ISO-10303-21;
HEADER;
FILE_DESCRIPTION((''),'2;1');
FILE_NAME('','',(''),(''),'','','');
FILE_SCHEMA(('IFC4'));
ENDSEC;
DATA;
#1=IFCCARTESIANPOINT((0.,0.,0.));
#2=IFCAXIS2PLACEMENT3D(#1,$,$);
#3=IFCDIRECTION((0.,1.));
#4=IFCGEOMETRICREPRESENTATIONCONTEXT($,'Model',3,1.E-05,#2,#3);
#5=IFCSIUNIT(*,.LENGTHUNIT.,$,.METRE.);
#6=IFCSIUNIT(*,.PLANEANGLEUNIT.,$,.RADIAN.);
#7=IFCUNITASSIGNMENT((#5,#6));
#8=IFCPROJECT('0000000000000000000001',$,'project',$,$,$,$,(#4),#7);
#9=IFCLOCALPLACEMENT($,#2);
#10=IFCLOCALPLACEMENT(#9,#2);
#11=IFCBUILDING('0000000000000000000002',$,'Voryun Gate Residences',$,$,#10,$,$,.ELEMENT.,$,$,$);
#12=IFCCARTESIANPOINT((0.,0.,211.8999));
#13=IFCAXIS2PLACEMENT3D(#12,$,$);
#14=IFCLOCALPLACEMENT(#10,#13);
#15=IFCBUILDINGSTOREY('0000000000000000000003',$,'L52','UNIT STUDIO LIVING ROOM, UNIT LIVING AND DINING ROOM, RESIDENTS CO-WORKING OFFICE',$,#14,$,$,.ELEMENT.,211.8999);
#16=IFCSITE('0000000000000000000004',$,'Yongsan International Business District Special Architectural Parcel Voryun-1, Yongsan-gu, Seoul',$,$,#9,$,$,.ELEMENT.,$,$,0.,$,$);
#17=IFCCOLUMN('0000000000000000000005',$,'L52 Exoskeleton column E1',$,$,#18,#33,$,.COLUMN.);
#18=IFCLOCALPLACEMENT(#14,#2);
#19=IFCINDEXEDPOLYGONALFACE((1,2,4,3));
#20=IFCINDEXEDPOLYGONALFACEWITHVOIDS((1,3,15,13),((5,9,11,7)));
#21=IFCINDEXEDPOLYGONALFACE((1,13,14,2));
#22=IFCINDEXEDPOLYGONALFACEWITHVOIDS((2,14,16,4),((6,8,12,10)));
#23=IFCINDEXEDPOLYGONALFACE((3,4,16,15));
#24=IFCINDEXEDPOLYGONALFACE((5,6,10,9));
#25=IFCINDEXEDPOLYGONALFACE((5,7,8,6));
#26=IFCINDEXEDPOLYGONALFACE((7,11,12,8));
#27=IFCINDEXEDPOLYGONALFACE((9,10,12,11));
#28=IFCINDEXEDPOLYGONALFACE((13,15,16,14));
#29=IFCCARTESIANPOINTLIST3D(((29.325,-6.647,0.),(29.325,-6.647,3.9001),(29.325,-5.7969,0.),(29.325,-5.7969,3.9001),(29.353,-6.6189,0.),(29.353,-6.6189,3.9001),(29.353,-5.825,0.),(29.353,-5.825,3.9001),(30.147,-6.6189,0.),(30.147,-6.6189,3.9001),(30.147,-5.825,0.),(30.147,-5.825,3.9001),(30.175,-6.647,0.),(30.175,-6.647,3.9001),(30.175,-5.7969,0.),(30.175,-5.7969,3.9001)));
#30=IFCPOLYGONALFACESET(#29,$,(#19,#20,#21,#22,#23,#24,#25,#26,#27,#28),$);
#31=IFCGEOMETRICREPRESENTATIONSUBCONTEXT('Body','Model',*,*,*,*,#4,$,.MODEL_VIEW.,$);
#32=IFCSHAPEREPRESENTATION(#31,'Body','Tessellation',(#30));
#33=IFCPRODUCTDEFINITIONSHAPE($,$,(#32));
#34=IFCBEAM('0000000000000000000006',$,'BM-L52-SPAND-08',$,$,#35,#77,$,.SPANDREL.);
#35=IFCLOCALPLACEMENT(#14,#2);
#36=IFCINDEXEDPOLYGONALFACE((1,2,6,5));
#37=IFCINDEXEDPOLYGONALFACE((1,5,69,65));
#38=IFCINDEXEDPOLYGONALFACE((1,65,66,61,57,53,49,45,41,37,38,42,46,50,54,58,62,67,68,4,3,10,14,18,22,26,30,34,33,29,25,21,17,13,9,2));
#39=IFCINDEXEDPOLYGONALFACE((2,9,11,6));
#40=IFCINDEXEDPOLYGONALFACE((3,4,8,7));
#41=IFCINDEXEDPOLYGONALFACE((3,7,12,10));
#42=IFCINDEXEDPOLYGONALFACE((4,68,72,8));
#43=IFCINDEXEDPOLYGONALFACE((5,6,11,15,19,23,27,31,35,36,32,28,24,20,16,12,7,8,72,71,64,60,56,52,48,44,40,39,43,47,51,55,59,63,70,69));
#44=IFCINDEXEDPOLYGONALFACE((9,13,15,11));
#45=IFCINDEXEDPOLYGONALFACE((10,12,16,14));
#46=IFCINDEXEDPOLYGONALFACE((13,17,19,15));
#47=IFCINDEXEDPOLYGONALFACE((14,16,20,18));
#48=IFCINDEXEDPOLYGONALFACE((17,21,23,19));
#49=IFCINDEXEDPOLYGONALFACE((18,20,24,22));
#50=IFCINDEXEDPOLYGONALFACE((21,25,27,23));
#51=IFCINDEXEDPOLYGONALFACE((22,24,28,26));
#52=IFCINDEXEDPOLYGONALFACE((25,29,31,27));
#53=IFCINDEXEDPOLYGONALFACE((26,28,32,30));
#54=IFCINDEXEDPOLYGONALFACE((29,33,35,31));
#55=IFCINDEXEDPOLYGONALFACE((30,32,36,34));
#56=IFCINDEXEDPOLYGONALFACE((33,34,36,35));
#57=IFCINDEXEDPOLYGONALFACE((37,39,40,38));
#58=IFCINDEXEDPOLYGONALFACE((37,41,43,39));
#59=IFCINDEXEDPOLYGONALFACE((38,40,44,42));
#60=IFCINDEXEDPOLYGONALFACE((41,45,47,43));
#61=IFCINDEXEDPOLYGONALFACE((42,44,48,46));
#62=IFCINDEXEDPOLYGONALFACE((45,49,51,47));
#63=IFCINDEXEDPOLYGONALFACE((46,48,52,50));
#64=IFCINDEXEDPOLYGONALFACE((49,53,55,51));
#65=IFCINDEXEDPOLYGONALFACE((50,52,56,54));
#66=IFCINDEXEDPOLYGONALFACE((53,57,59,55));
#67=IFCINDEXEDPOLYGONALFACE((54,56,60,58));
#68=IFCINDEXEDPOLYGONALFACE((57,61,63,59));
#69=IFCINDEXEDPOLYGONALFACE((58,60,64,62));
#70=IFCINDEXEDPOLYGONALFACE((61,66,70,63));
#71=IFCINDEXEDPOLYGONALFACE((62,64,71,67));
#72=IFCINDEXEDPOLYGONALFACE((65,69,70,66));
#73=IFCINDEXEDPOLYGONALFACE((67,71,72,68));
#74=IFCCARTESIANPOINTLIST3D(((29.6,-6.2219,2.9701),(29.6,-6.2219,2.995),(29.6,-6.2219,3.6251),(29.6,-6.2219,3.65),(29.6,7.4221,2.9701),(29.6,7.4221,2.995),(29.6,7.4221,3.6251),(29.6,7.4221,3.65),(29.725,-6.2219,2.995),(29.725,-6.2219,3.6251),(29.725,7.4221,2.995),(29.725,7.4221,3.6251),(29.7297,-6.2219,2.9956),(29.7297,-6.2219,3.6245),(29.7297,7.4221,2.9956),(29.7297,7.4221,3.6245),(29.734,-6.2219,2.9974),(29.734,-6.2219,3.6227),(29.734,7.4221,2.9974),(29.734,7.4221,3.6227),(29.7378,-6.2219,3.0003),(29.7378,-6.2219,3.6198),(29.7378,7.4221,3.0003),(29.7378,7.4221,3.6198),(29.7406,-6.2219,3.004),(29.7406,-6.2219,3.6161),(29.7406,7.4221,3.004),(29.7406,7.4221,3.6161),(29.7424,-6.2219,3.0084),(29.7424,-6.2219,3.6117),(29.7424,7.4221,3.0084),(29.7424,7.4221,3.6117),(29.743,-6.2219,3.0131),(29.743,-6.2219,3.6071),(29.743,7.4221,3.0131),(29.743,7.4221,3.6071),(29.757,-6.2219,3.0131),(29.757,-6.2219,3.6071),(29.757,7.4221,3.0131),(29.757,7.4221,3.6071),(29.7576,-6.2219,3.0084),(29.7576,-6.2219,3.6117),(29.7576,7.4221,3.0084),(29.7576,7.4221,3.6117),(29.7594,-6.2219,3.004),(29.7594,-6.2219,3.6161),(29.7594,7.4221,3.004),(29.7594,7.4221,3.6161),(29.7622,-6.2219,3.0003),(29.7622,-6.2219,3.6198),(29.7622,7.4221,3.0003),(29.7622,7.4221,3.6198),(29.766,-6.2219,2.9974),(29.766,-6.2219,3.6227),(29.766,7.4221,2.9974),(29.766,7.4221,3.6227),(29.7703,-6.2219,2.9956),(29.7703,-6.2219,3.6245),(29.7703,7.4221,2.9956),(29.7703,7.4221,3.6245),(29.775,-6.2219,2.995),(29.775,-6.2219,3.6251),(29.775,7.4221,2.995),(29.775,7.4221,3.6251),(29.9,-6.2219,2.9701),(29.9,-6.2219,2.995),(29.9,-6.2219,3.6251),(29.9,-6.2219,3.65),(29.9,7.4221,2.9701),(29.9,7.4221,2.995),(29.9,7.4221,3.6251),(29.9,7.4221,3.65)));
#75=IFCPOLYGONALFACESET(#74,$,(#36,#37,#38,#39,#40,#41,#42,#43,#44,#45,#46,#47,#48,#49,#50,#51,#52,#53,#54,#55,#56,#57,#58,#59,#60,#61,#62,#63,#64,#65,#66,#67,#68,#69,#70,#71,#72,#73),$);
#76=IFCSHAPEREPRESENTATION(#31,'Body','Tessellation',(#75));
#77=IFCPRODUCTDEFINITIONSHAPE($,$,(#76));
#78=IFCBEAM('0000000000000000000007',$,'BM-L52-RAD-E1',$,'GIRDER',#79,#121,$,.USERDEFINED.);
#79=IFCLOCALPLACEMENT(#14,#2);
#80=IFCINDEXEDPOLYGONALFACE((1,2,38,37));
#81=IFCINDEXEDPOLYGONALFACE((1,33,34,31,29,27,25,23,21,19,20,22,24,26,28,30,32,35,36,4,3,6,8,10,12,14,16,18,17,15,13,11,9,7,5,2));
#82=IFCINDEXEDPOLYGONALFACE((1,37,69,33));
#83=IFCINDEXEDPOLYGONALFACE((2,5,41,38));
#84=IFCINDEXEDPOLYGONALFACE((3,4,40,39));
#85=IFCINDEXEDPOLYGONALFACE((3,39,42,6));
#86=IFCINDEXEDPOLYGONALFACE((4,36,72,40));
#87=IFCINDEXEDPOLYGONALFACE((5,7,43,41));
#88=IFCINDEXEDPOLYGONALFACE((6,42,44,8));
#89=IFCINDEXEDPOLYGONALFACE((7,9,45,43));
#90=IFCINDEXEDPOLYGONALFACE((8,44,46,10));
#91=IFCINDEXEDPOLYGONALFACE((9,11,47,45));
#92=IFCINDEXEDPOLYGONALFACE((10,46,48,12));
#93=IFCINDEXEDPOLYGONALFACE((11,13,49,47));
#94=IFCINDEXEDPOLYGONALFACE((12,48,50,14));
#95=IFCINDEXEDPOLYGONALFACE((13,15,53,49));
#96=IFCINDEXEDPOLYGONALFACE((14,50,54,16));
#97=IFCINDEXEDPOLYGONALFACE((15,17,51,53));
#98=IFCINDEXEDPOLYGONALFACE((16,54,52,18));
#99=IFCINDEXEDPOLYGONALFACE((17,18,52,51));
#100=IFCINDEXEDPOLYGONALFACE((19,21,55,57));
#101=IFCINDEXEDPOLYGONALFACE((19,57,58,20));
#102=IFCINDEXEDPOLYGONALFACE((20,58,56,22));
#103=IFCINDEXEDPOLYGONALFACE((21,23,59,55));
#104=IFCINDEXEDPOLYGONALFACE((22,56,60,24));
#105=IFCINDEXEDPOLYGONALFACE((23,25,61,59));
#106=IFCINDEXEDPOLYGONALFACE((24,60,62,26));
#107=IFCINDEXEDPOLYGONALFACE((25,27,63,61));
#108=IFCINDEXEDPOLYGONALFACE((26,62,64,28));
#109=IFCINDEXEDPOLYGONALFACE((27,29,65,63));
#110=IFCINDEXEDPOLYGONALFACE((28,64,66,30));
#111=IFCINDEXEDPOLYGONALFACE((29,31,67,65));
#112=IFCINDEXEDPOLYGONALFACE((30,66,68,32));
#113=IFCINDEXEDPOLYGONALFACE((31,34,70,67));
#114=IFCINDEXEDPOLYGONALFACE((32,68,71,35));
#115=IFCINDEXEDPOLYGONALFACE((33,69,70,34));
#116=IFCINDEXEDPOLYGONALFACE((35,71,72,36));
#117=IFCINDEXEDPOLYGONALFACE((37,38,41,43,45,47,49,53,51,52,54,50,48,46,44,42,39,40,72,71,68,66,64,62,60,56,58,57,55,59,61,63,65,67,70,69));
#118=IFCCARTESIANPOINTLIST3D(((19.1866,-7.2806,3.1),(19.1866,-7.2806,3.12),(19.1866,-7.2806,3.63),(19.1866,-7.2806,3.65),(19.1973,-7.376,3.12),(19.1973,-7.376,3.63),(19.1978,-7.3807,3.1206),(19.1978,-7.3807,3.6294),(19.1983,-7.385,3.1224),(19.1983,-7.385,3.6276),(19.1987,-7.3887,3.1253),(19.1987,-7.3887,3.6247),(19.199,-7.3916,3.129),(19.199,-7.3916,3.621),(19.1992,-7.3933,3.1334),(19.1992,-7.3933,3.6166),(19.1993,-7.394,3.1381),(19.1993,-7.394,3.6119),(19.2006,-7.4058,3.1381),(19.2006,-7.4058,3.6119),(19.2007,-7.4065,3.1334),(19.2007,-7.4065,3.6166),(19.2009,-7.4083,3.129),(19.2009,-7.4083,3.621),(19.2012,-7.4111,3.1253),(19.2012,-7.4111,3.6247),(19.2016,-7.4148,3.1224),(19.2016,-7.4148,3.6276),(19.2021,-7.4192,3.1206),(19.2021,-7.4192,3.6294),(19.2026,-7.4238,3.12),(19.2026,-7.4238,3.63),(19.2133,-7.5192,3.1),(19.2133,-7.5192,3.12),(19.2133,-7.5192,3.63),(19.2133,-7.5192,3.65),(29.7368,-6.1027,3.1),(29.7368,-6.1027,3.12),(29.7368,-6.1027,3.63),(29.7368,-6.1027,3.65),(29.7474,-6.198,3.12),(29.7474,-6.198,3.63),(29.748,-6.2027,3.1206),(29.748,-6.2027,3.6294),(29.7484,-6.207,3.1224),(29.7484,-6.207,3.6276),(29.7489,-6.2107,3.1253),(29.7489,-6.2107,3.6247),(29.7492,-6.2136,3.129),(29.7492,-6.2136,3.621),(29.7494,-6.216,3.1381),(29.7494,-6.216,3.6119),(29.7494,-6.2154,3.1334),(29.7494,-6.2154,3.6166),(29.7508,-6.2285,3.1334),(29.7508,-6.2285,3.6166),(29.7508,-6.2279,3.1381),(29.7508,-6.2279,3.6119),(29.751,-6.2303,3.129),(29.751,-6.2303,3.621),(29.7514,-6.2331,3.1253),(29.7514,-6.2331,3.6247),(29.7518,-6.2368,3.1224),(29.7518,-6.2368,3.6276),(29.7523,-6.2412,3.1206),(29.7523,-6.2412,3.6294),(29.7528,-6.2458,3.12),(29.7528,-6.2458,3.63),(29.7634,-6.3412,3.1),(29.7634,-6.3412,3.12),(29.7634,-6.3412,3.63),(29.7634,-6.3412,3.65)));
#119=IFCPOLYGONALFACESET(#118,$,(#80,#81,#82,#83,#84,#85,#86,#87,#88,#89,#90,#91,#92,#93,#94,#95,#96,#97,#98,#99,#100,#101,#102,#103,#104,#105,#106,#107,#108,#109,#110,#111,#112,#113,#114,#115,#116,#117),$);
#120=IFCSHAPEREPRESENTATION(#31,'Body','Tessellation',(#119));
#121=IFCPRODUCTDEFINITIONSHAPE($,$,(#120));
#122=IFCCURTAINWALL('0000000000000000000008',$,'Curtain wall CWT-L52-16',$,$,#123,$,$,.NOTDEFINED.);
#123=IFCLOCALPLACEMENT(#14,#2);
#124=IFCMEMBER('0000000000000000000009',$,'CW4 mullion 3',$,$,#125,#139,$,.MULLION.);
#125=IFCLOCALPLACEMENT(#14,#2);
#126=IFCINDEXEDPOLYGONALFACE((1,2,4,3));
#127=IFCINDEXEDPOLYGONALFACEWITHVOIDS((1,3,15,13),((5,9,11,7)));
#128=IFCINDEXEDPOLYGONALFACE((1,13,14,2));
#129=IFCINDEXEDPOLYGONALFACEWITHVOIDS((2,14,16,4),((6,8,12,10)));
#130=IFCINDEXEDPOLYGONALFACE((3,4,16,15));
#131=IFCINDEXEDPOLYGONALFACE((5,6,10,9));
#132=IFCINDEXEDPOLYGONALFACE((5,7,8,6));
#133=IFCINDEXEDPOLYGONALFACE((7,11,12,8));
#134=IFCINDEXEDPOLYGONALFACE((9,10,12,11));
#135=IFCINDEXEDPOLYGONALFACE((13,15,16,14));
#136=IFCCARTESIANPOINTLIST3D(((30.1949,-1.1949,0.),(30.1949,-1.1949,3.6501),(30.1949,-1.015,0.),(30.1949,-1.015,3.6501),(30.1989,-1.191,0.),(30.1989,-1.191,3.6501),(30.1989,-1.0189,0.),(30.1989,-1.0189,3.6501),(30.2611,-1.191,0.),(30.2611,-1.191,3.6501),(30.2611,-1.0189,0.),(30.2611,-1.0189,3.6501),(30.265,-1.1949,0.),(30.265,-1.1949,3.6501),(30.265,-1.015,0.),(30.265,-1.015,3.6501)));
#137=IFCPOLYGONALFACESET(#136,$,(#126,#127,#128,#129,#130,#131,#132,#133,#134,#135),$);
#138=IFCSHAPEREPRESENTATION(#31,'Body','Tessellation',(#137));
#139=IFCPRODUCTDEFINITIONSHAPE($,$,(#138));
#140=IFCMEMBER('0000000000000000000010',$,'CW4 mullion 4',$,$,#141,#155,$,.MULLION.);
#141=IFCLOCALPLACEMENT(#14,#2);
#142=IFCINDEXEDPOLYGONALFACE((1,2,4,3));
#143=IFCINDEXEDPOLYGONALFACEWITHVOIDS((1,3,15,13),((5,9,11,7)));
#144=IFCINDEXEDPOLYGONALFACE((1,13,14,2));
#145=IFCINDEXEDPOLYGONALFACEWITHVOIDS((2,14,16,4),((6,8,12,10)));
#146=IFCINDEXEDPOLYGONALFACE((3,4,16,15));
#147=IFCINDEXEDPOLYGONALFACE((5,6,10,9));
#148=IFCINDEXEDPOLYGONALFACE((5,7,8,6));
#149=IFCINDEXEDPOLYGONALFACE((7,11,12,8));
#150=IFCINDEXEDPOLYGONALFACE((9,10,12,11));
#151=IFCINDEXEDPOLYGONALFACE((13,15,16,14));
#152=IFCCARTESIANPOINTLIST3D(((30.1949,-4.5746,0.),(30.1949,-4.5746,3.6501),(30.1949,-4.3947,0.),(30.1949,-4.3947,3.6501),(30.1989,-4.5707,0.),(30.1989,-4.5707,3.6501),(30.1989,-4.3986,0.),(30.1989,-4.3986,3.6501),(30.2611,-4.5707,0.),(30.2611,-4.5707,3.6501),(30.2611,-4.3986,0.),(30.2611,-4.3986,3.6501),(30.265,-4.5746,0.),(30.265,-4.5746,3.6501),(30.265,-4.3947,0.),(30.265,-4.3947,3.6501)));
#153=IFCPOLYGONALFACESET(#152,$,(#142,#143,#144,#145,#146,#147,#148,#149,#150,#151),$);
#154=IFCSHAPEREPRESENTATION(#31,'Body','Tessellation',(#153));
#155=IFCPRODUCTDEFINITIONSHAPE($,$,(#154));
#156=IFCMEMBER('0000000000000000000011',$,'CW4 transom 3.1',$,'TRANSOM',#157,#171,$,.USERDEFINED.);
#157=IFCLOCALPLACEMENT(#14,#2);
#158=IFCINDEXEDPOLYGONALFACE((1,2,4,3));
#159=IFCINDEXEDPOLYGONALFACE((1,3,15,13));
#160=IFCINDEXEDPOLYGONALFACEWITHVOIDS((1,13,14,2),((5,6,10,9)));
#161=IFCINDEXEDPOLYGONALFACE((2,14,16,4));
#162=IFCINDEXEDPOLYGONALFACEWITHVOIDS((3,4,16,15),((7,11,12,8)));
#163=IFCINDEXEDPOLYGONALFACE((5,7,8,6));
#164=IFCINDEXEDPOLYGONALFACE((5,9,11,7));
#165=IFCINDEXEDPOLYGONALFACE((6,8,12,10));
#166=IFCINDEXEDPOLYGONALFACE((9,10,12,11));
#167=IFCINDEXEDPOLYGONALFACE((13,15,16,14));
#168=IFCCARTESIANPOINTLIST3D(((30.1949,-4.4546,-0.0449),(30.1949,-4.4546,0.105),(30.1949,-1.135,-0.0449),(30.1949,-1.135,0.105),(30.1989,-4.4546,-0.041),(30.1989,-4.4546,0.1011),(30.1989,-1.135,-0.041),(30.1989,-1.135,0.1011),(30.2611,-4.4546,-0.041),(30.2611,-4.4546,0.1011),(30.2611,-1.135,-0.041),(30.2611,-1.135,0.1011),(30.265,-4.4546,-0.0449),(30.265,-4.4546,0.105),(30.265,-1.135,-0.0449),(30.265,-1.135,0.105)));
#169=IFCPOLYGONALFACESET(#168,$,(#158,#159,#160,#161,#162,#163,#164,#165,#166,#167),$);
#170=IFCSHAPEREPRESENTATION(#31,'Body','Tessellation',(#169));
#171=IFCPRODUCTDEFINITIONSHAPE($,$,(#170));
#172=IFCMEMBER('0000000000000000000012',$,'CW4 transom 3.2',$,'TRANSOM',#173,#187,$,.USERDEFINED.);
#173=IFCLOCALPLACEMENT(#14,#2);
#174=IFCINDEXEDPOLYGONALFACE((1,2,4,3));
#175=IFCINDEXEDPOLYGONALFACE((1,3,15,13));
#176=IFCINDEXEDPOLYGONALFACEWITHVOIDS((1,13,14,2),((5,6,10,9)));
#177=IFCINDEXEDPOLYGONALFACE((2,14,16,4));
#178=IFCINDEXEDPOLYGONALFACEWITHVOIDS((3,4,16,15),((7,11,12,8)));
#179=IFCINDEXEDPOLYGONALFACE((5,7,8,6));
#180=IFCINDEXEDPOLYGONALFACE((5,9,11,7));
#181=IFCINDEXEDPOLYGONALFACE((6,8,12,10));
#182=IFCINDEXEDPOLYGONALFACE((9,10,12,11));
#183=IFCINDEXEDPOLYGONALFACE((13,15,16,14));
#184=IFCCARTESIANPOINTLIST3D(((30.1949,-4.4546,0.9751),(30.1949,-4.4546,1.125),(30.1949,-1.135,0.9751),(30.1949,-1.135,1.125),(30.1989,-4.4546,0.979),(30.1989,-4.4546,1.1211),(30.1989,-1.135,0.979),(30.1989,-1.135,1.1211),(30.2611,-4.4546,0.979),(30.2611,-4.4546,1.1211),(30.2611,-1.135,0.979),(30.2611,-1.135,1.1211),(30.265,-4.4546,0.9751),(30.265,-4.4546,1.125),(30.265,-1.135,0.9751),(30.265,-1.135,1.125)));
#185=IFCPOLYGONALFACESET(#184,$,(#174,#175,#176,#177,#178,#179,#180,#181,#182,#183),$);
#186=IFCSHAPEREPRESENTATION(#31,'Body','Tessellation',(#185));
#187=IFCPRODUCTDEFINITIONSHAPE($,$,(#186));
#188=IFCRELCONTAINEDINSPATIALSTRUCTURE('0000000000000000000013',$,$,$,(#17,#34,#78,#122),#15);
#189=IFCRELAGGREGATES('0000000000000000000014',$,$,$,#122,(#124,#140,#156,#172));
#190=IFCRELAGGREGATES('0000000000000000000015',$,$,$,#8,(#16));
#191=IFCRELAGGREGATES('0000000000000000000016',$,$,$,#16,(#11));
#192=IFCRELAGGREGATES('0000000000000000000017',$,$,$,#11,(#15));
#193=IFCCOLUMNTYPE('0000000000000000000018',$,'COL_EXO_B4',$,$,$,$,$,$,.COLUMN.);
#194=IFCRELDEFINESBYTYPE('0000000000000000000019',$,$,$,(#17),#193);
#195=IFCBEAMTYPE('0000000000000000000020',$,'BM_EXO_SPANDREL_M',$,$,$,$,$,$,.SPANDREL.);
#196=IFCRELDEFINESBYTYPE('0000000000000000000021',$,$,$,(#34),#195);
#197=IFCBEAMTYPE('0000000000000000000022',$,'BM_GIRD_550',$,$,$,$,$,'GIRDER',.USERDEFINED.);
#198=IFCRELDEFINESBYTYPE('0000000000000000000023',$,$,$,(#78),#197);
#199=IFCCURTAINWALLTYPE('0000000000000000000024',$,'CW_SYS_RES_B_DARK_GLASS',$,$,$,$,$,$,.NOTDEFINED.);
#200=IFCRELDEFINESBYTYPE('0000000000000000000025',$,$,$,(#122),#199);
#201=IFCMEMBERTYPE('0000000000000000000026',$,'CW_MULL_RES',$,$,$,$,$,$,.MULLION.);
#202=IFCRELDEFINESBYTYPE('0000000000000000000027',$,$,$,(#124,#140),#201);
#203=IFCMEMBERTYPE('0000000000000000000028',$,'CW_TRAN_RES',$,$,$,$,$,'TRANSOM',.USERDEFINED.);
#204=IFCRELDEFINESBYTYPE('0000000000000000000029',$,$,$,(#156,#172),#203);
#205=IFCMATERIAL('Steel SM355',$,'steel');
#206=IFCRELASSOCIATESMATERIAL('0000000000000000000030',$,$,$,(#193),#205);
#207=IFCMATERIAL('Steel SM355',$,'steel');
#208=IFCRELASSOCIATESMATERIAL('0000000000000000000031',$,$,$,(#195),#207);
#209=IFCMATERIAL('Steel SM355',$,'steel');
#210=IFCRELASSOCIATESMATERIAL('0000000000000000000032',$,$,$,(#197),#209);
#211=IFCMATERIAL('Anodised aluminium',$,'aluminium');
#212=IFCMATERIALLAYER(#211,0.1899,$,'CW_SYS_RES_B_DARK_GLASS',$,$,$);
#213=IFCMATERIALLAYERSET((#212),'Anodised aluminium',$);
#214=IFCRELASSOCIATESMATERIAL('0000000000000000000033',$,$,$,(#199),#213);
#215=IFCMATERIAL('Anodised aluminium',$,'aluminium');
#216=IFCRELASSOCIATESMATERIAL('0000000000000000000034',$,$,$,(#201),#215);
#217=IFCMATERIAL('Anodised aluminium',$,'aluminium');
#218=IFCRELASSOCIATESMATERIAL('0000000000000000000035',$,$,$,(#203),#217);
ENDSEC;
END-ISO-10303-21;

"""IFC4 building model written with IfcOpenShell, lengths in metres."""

from ifc_helpers import new_model, si_unit, direction, frame, origin, origin_2d, place, context, subcontext, project, spatial, hollow_rectangle, i_section, extrude, material, layer, layer_set, material_profile, profile_set, type_object, element, aggregate, save


model = new_model("IFC4")

# Units and contexts
model_context = context("Model", 3, precision=1e-05, world=origin(), true_north=direction((0.0, 1.0)))
body_context = subcontext(model_context, "Body", "Model", "MODEL_VIEW")
ifc_project = project(units=[si_unit("LENGTHUNIT", "METRE"), si_unit("PLANEANGLEUNIT", "RADIAN")], contexts=[model_context])

# Site, building, storey
site_placement = place(None, origin())
site = spatial("IfcSite", under=ifc_project, at=site_placement, Name="Yongsan International Business District Special Architectural Parcel Voryun-1, Yongsan-gu, Seoul", CompositionType="ELEMENT", RefElevation=0.0)
building_placement = place(site_placement, origin())
building = spatial("IfcBuilding", under=site, at=building_placement, Name="Voryun Gate Residences", CompositionType="ELEMENT")
storey_placement = place(building_placement, frame((0.0, 0.0, 211.8999)))
storey = spatial("IfcBuildingStorey", under=building, at=storey_placement, Name="L52", Description="UNIT STUDIO LIVING ROOM, UNIT LIVING AND DINING ROOM, RESIDENTS CO-WORKING OFFICE", CompositionType="ELEMENT", Elevation=211.8999)

# Column
ifc_material_1 = material(Name="Steel SM355", Category="steel")
ifc_material_profile_1 = material_profile(ifc_material_1, hollow_rectangle(XDim=0.8501, YDim=0.8501, WallThickness=0.0281, at=origin_2d()), Name="BOX-850x850x28")
ifc_profile_set_1 = profile_set([ifc_material_profile_1], Name="Steel SM355")
column_type = type_object("IfcColumnType", Name="COL_EXO_B4", PredefinedType="COLUMN", material=ifc_profile_set_1)
column_placement = place(storey_placement, frame((29.75, -6.2219, 0.0), z_axis=(0.0, 0.0, 1.0), x_axis=(1.0, 0.0, 0.0)))
element("IfcColumn", 1, at=column_placement, inside=storey, type_object=column_type, Name="L52 Exoskeleton column E1", PredefinedType="COLUMN", context=body_context, shape_type="SweptSolid", body=[
    extrude(hollow_rectangle(XDim=0.8501, YDim=0.8501, WallThickness=0.0281, at=origin_2d()), origin(), (0.0, 0.0, 1.0), 3.9001),
])

# Beams
ifc_material_2 = material(Name="Steel SM355", Category="steel")
ifc_material_profile_2 = material_profile(ifc_material_2, i_section(OverallWidth=0.3, OverallDepth=0.6799, WebThickness=0.0139, FlangeThickness=0.0249, FilletRadius=0.0181, at=origin_2d()), Name="H-680x300x14x25")
ifc_profile_set_2 = profile_set([ifc_material_profile_2], Name="Steel SM355")
beam_type_1 = type_object("IfcBeamType", Name="BM_EXO_SPANDREL_M", PredefinedType="SPANDREL", material=ifc_profile_set_2)
beam_1_placement = place(storey_placement, frame((29.75, -6.2219, 3.3101), z_axis=(0.0, 1.0, 0.0), x_axis=(-1.0, 0.0, 0.0)))
element("IfcBeam", 2, at=beam_1_placement, inside=storey, type_object=beam_type_1, Name="BM-L52-SPAND-08", PredefinedType="SPANDREL", context=body_context, shape_type="SweptSolid", body=[
    extrude(i_section(OverallWidth=0.3, OverallDepth=0.6799, WebThickness=0.0139, FlangeThickness=0.0249, FilletRadius=0.0181, at=origin_2d()), origin(), (0.0, 0.0, 1.0), 13.644),
])
ifc_material_3 = material(Name="Steel SM355", Category="steel")
ifc_material_profile_3 = material_profile(ifc_material_3, i_section(OverallWidth=0.24, OverallDepth=0.55, WebThickness=0.012, FlangeThickness=0.02, FilletRadius=0.0181, at=origin_2d()), Name="H-550x240x12x20")
ifc_profile_set_3 = profile_set([ifc_material_profile_3], Name="Steel SM355")
beam_type_2 = type_object("IfcBeamType", Name="BM_GIRD_550", ElementType="GIRDER", PredefinedType="USERDEFINED", material=ifc_profile_set_3)
beam_2_placement = place(storey_placement, frame((19.2, -7.3999, 3.375), z_axis=(0.993824, 0.110967, 0.0), x_axis=(-0.110967, 0.993824, 0.0)))
element("IfcBeam", 3, at=beam_2_placement, inside=storey, type_object=beam_type_2, Name="BM-L52-RAD-E1", ObjectType="GIRDER", PredefinedType="USERDEFINED", context=body_context, shape_type="SweptSolid", body=[
    extrude(i_section(OverallWidth=0.24, OverallDepth=0.55, WebThickness=0.012, FlangeThickness=0.02, FilletRadius=0.0181, at=origin_2d()), origin(), (0.0, 0.0, 1.0), 10.6157),
])

# Curtain wall, members
ifc_material_4 = material(Name="Anodised aluminium", Category="aluminium")
ifc_layer_1 = layer(ifc_material_4, 0.1899, Name="CW_SYS_RES_B_DARK_GLASS")
ifc_layer_set_1 = layer_set([ifc_layer_1], Name="Anodised aluminium")
curtain_wall_type = type_object("IfcCurtainWallType", Name="CW_SYS_RES_B_DARK_GLASS", PredefinedType="NOTDEFINED", material=ifc_layer_set_1)
curtain_wall_placement = place(storey_placement, origin())
curtain_wall = element("IfcCurtainWall", 4, at=curtain_wall_placement, inside=storey, type_object=curtain_wall_type, Name="Curtain wall CWT-L52-16", PredefinedType="NOTDEFINED")
ifc_material_5 = material(Name="Anodised aluminium", Category="aluminium")
ifc_material_profile_4 = material_profile(ifc_material_5, hollow_rectangle(XDim=0.0701, YDim=0.1799, WallThickness=0.0039, at=origin_2d()), Name="ALU-MULL-180x70x4")
ifc_profile_set_4 = profile_set([ifc_material_profile_4], Name="Anodised aluminium")
member_type_1 = type_object("IfcMemberType", Name="CW_MULL_RES", PredefinedType="MULLION", material=ifc_profile_set_4)
member_1_placement = place(storey_placement, frame((30.23, -1.105, 0.0), z_axis=(0.0, 0.0, 1.0), x_axis=(1.0, 0.0, 0.0)))
member_1 = element("IfcMember", 5, at=member_1_placement, type_object=member_type_1, Name="CW4 mullion 3", PredefinedType="MULLION", context=body_context, shape_type="SweptSolid", body=[
    extrude(hollow_rectangle(XDim=0.0701, YDim=0.1799, WallThickness=0.0039, at=origin_2d()), origin(), (0.0, 0.0, 1.0), 3.6501),
])
member_2_placement = place(storey_placement, frame((30.23, -4.4846, 0.0), z_axis=(0.0, 0.0, 1.0), x_axis=(1.0, 0.0, 0.0)))
member_2 = element("IfcMember", 6, at=member_2_placement, type_object=member_type_1, Name="CW4 mullion 4", PredefinedType="MULLION", context=body_context, shape_type="SweptSolid", body=[
    extrude(hollow_rectangle(XDim=0.0701, YDim=0.1799, WallThickness=0.0039, at=origin_2d()), origin(), (0.0, 0.0, 1.0), 3.6501),
])
ifc_material_6 = material(Name="Anodised aluminium", Category="aluminium")
ifc_material_profile_5 = material_profile(ifc_material_6, hollow_rectangle(XDim=0.0701, YDim=0.1499, WallThickness=0.0039, at=origin_2d()), Name="ALU-TRAN-150x70x4")
ifc_profile_set_5 = profile_set([ifc_material_profile_5], Name="Anodised aluminium")
member_type_2 = type_object("IfcMemberType", Name="CW_TRAN_RES", ElementType="TRANSOM", PredefinedType="USERDEFINED", material=ifc_profile_set_5)
member_3_placement = place(storey_placement, frame((30.23, -1.135, 0.03), z_axis=(0.0, -1.0, 0.0), x_axis=(1.0, 0.0, 0.0)))
member_3 = element("IfcMember", 7, at=member_3_placement, type_object=member_type_2, Name="CW4 transom 3.1", ObjectType="TRANSOM", PredefinedType="USERDEFINED", context=body_context, shape_type="SweptSolid", body=[
    extrude(hollow_rectangle(XDim=0.0701, YDim=0.1499, WallThickness=0.0039, at=origin_2d()), origin(), (0.0, 0.0, 1.0), 3.3196),
])
member_4_placement = place(storey_placement, frame((30.23, -1.135, 1.05), z_axis=(0.0, -1.0, 0.0), x_axis=(1.0, 0.0, 0.0)))
member_4 = element("IfcMember", 8, at=member_4_placement, type_object=member_type_2, Name="CW4 transom 3.2", ObjectType="TRANSOM", PredefinedType="USERDEFINED", context=body_context, shape_type="SweptSolid", body=[
    extrude(hollow_rectangle(XDim=0.0701, YDim=0.1499, WallThickness=0.0039, at=origin_2d()), origin(), (0.0, 0.0, 1.0), 3.3196),
])
aggregate(curtain_wall, [member_1, member_2, member_3, member_4])

save(model, "model.ifc")
